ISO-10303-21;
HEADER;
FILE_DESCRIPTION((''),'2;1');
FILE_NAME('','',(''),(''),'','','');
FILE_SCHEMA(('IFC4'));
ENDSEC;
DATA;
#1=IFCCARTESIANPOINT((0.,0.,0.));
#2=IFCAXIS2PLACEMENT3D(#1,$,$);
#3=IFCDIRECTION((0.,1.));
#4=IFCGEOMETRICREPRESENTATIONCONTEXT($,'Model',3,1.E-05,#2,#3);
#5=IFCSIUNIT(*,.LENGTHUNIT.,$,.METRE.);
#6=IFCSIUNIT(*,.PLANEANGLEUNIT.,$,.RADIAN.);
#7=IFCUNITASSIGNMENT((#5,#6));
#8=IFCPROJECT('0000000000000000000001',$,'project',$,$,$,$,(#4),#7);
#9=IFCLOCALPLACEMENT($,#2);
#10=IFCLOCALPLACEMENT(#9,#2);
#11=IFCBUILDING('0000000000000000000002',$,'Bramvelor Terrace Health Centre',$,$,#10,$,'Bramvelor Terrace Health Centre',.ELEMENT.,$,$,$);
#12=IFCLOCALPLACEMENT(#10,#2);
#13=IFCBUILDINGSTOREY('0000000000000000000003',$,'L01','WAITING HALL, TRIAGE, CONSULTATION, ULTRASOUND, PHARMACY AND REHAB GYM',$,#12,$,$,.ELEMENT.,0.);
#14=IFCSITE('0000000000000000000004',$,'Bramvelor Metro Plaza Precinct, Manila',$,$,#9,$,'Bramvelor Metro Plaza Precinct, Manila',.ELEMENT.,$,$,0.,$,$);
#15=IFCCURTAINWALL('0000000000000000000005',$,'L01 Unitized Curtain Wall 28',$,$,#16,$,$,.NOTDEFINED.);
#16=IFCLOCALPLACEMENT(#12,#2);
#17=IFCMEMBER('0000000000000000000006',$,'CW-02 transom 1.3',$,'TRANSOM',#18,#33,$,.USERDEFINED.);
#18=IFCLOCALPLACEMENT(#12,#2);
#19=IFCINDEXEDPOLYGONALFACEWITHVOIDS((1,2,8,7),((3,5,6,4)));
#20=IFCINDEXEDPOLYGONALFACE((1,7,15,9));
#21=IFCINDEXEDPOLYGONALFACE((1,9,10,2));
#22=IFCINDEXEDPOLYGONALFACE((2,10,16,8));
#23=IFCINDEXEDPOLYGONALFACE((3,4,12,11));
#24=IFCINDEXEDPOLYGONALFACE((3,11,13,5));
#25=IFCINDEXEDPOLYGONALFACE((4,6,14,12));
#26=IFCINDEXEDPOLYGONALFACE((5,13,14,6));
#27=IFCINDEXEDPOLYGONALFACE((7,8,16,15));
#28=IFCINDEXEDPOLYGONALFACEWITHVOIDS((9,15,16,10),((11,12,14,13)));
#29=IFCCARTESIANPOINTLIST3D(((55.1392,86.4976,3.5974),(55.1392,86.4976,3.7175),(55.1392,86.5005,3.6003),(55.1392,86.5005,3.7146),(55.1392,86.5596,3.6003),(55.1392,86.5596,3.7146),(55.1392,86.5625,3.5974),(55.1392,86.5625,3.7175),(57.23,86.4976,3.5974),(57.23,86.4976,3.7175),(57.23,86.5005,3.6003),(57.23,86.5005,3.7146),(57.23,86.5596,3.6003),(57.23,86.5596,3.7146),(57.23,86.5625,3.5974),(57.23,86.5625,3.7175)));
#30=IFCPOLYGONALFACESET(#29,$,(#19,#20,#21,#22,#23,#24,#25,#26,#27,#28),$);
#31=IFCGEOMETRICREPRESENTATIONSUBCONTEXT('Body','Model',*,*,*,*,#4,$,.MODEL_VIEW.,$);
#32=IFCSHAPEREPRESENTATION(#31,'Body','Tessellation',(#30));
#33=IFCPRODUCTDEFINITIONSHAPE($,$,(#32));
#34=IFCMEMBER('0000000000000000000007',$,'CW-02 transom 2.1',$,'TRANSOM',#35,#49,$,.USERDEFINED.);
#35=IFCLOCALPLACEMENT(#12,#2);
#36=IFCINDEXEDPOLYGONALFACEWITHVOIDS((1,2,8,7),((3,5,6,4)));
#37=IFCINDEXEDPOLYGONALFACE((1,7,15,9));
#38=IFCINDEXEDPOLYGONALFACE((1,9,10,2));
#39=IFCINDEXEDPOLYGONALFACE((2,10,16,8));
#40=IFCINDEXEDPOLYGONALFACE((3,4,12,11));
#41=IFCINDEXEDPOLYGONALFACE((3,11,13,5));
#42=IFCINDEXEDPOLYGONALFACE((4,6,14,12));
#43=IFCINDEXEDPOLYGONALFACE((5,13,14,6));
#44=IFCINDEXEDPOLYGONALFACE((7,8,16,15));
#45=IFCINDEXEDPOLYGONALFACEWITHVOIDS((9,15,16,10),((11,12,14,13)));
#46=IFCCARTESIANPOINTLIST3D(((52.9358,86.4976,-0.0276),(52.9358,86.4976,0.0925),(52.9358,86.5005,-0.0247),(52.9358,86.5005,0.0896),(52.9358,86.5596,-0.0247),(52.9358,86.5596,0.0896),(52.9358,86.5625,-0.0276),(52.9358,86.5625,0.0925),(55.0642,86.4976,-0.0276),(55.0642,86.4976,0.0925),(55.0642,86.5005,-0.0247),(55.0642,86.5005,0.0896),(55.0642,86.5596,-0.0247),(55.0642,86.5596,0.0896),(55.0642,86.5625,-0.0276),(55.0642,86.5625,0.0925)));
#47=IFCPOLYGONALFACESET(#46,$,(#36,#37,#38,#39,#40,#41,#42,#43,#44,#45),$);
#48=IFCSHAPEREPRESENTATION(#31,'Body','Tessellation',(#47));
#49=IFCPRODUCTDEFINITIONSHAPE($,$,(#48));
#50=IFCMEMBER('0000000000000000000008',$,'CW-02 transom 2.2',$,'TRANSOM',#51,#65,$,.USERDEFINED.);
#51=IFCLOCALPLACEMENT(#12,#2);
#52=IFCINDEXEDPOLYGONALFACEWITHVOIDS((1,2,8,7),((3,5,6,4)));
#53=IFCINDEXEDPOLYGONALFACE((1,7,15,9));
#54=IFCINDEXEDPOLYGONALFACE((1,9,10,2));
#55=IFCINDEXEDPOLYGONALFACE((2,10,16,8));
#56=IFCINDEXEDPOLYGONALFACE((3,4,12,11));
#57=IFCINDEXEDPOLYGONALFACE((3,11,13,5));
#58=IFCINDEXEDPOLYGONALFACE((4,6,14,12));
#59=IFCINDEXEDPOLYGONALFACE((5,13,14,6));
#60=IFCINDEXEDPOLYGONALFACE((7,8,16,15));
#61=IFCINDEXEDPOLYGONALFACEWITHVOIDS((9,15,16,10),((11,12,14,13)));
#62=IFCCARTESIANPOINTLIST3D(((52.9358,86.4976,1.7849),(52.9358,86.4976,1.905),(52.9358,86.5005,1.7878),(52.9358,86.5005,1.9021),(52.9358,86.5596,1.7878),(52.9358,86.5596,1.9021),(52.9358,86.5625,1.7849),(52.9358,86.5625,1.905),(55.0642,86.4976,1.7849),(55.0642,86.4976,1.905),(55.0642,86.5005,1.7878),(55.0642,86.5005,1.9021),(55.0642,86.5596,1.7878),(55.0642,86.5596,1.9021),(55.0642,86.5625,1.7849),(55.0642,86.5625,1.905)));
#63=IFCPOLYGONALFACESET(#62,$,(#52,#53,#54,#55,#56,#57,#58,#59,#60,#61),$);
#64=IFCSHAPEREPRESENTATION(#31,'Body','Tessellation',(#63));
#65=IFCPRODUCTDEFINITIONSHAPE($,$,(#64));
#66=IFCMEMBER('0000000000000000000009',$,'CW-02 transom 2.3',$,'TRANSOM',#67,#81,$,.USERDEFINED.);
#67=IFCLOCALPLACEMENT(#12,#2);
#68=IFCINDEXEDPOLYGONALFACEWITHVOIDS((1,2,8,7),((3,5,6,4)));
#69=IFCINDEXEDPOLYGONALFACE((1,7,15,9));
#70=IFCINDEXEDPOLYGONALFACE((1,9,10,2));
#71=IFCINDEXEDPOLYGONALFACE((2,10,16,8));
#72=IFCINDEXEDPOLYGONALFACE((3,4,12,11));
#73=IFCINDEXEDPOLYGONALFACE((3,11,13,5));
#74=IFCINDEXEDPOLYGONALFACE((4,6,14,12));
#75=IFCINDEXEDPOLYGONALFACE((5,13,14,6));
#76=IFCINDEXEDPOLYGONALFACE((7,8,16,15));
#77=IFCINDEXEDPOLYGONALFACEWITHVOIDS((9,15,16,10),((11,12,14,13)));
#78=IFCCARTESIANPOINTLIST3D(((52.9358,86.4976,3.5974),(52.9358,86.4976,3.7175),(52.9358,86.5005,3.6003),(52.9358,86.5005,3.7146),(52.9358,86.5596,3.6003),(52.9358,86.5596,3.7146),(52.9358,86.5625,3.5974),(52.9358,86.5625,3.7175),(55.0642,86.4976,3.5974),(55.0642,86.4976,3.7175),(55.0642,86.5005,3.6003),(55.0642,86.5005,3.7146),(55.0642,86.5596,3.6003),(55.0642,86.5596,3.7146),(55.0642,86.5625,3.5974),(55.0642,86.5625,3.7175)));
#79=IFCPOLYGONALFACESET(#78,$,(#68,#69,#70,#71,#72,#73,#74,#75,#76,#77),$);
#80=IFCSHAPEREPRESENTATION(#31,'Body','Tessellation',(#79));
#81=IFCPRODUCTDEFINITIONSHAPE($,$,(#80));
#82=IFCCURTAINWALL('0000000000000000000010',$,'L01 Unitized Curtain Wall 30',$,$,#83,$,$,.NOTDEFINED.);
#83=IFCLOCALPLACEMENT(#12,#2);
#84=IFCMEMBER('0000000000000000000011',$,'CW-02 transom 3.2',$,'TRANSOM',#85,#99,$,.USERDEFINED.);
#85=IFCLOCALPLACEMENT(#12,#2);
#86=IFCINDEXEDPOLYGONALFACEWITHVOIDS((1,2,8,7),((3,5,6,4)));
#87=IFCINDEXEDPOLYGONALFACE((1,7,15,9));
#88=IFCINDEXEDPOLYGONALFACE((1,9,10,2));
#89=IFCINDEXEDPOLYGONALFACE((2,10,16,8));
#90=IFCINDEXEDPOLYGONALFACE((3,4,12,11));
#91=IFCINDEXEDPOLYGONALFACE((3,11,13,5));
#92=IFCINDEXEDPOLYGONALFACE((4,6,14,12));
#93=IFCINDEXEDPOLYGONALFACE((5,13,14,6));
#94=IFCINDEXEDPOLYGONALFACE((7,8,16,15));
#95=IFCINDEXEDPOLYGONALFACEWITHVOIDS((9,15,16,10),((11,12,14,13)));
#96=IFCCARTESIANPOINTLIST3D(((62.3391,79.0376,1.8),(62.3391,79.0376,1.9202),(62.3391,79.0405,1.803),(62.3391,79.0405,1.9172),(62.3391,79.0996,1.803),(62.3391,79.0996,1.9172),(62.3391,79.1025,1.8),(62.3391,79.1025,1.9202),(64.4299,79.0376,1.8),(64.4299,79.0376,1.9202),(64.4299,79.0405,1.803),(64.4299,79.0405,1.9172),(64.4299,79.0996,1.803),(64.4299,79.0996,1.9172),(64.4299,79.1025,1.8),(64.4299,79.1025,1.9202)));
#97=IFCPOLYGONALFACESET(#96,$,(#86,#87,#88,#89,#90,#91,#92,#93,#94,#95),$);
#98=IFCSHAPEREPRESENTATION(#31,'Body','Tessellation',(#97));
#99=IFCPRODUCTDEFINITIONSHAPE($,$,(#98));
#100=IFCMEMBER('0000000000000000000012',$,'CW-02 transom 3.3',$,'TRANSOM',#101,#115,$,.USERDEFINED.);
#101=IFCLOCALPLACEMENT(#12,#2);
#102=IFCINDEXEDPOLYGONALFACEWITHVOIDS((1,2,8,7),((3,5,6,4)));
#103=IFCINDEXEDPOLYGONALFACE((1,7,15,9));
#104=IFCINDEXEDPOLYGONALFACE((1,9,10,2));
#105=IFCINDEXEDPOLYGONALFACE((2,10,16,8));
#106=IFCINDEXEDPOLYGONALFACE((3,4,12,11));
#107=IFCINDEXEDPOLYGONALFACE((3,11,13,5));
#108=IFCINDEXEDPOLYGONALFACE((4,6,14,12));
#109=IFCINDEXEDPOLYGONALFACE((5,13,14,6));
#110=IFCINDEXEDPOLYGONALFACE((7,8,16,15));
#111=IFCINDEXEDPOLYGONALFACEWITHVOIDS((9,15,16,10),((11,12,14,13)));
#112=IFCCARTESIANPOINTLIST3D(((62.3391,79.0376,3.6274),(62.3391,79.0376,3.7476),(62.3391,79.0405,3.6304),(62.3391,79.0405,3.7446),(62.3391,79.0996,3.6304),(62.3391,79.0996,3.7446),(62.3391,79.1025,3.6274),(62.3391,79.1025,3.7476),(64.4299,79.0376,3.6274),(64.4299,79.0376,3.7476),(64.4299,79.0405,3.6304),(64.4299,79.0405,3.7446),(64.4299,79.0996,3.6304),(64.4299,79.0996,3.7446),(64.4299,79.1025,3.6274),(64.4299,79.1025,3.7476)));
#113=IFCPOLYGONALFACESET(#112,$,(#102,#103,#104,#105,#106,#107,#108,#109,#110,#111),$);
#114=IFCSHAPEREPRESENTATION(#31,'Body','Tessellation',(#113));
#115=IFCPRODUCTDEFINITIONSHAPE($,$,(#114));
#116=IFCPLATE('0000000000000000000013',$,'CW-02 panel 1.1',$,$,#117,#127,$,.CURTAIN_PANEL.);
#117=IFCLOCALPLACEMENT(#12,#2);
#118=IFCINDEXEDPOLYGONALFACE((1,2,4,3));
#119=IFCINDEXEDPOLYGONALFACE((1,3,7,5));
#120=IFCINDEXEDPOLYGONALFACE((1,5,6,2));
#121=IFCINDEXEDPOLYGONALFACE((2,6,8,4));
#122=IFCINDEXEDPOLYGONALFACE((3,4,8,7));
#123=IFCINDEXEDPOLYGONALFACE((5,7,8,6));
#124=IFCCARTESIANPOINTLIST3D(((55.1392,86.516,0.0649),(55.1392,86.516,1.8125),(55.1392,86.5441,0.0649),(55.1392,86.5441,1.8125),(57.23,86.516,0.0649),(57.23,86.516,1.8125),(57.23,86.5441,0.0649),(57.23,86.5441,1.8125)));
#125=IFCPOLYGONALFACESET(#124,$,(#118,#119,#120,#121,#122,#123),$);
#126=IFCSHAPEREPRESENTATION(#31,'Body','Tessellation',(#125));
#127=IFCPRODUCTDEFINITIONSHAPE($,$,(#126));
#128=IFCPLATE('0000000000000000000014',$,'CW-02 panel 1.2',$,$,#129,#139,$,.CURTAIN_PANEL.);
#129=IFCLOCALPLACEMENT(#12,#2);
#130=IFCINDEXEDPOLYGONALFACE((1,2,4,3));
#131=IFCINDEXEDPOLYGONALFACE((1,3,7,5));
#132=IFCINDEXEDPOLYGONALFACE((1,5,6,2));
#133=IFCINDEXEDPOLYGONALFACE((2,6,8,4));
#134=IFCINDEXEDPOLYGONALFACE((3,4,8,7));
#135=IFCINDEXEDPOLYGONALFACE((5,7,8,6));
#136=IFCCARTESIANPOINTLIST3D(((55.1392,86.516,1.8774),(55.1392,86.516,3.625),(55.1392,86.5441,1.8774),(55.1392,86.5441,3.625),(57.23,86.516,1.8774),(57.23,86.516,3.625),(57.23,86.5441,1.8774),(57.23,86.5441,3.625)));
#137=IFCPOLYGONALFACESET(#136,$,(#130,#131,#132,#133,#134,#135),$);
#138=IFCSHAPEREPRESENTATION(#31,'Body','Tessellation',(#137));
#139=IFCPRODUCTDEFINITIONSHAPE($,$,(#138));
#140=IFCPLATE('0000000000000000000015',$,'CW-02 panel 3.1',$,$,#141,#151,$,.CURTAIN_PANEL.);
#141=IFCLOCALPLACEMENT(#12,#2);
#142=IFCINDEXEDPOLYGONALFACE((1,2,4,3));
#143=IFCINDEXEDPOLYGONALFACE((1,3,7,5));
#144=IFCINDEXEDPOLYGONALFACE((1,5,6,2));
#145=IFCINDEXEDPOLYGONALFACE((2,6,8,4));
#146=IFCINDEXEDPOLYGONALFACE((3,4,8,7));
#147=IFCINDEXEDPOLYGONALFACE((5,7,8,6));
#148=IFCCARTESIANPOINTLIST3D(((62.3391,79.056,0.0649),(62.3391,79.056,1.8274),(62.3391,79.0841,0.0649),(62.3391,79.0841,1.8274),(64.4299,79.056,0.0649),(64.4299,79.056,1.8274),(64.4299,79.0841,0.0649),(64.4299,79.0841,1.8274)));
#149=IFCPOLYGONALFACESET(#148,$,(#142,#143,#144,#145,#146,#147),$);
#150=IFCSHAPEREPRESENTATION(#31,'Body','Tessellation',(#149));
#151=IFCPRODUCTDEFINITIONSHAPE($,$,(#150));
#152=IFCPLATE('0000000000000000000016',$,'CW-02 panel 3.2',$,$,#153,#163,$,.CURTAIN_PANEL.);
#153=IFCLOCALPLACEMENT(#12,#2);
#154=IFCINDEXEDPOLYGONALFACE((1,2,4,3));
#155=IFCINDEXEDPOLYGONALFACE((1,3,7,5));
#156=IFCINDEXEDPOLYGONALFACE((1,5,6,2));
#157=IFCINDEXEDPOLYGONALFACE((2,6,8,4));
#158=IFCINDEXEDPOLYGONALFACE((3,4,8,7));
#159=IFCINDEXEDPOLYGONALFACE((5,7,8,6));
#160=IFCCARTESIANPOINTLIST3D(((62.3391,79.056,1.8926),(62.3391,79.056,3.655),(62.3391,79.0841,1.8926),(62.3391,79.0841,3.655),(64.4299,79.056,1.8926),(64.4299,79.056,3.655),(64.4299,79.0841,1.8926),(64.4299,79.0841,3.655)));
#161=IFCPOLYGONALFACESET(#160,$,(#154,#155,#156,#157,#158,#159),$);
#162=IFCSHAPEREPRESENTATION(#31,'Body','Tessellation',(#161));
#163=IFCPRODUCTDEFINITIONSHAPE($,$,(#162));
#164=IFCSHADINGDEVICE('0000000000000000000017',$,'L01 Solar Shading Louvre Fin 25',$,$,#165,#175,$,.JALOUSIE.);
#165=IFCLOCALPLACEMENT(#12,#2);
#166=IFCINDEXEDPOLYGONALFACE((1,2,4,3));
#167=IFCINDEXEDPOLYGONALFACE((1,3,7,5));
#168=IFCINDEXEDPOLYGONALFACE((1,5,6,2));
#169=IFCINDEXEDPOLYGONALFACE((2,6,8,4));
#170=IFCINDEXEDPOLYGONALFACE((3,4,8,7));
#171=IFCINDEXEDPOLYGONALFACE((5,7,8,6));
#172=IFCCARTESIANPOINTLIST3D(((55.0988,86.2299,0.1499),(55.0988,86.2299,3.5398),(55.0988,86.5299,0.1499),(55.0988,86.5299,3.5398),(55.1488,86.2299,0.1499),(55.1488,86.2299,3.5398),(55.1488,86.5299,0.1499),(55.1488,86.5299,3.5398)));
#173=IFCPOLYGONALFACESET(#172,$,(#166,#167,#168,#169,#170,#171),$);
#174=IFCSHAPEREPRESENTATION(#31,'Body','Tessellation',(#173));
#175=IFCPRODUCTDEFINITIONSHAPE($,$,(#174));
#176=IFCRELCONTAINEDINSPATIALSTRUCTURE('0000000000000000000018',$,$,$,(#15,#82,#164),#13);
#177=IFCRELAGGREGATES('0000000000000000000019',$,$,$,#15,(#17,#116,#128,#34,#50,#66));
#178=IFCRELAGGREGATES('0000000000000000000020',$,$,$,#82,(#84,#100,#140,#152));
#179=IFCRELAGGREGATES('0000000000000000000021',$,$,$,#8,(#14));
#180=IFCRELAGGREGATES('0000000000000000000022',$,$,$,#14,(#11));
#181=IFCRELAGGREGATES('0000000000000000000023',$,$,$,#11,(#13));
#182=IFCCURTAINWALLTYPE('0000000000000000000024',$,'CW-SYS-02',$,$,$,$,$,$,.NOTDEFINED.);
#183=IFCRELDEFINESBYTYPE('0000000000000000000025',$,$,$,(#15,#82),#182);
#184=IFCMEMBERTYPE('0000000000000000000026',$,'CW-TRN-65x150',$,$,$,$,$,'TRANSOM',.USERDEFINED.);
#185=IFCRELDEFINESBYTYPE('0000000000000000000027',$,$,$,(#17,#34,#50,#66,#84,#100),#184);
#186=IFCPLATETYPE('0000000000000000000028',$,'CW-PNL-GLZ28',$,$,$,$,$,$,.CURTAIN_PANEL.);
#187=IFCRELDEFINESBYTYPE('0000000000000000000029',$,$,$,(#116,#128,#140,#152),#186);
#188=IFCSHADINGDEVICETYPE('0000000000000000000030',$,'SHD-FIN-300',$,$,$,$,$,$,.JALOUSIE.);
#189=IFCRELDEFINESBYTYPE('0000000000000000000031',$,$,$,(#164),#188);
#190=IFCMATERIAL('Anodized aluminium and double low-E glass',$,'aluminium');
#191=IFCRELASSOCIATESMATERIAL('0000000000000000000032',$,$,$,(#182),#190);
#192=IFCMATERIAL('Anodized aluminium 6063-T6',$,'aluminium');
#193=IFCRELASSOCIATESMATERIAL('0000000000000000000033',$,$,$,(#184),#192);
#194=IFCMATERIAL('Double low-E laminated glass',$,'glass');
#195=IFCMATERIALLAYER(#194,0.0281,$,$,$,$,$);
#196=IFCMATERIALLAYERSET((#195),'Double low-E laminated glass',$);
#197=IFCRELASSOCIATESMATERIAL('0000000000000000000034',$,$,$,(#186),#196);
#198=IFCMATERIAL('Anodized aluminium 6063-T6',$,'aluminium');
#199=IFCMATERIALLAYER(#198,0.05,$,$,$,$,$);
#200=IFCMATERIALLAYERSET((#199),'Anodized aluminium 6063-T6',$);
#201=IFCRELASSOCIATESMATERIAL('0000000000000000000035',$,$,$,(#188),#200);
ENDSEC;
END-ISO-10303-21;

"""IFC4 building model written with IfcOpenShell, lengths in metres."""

from ifc_helpers import new_model, si_unit, direction, frame, origin, origin_2d, place, context, subcontext, project, spatial, rectangle, hollow_rectangle, extrude, material, layer, layer_set, material_profile, profile_set, type_object, element, aggregate, save


model = new_model("IFC4")

# Units and contexts
model_context = context("Model", 3, precision=1e-05, world=origin(), true_north=direction((0.0, 1.0)))
body_context = subcontext(model_context, "Body", "Model", "MODEL_VIEW")
ifc_project = project(units=[si_unit("LENGTHUNIT", "METRE"), si_unit("PLANEANGLEUNIT", "RADIAN")], contexts=[model_context])

# Site, building, storey
site_placement = place(None, origin())
site = spatial("IfcSite", under=ifc_project, at=site_placement, Name="Bramvelor Metro Plaza Precinct, Manila", LongName="Bramvelor Metro Plaza Precinct, Manila", CompositionType="ELEMENT", RefElevation=0.0)
building_placement = place(site_placement, origin())
building = spatial("IfcBuilding", under=site, at=building_placement, Name="Bramvelor Terrace Health Centre", LongName="Bramvelor Terrace Health Centre", CompositionType="ELEMENT")
storey_placement = place(building_placement, origin())
storey = spatial("IfcBuildingStorey", under=building, at=storey_placement, Name="L01", Description="WAITING HALL, TRIAGE, CONSULTATION, ULTRASOUND, PHARMACY AND REHAB GYM", CompositionType="ELEMENT", Elevation=0.0)

# Curtain walls, members
ifc_material_1 = material(Name="Anodized aluminium and double low-E glass", Category="aluminium")
curtain_wall_type = type_object("IfcCurtainWallType", Name="CW-SYS-02", PredefinedType="NOTDEFINED", material=ifc_material_1)
curtain_wall_1_placement = place(storey_placement, origin())
curtain_wall_1 = element("IfcCurtainWall", 1, at=curtain_wall_1_placement, inside=storey, type_object=curtain_wall_type, Name="L01 Unitized Curtain Wall 28", PredefinedType="NOTDEFINED")
ifc_material_2 = material(Name="Anodized aluminium 6063-T6", Category="aluminium")
ifc_material_profile_1 = material_profile(ifc_material_2, hollow_rectangle(XDim=0.0649, YDim=0.1201, WallThickness=0.0029, at=origin_2d()), Name="ALU-TRN 65x120x3.0")
ifc_profile_set_1 = profile_set([ifc_material_profile_1], Name="Anodized aluminium 6063-T6")
member_type_1 = type_object("IfcMemberType", Name="CW-TRN-65x150", ElementType="TRANSOM", PredefinedType="USERDEFINED", material=ifc_profile_set_1)
member_1_placement = place(storey_placement, frame((57.23, 86.53, 3.6575), z_axis=(-1.0, 0.0, 0.0), x_axis=(0.0, -1.0, 0.0)))
member_1 = element("IfcMember", 2, at=member_1_placement, type_object=member_type_1, Name="CW-02 transom 1.3", ObjectType="TRANSOM", PredefinedType="USERDEFINED", context=body_context, shape_type="SweptSolid", body=[
    extrude(hollow_rectangle(XDim=0.0649, YDim=0.1201, WallThickness=0.0029, at=origin_2d()), origin(), (0.0, 0.0, 1.0), 2.0908),
])
member_2_placement = place(storey_placement, frame((55.0642, 86.53, 0.0325), z_axis=(-1.0, 0.0, 0.0), x_axis=(0.0, -1.0, 0.0)))
member_2 = element("IfcMember", 3, at=member_2_placement, type_object=member_type_1, Name="CW-02 transom 2.1", ObjectType="TRANSOM", PredefinedType="USERDEFINED", context=body_context, shape_type="SweptSolid", body=[
    extrude(hollow_rectangle(XDim=0.0649, YDim=0.1201, WallThickness=0.0029, at=origin_2d()), origin(), (0.0, 0.0, 1.0), 2.1284),
])
member_3_placement = place(storey_placement, frame((55.0642, 86.53, 1.845), z_axis=(-1.0, 0.0, 0.0), x_axis=(0.0, -1.0, 0.0)))
member_3 = element("IfcMember", 4, at=member_3_placement, type_object=member_type_1, Name="CW-02 transom 2.2", ObjectType="TRANSOM", PredefinedType="USERDEFINED", context=body_context, shape_type="SweptSolid", body=[
    extrude(hollow_rectangle(XDim=0.0649, YDim=0.1201, WallThickness=0.0029, at=origin_2d()), origin(), (0.0, 0.0, 1.0), 2.1284),
])
member_4_placement = place(storey_placement, frame((55.0642, 86.53, 3.6575), z_axis=(-1.0, 0.0, 0.0), x_axis=(0.0, -1.0, 0.0)))
member_4 = element("IfcMember", 5, at=member_4_placement, type_object=member_type_1, Name="CW-02 transom 2.3", ObjectType="TRANSOM", PredefinedType="USERDEFINED", context=body_context, shape_type="SweptSolid", body=[
    extrude(hollow_rectangle(XDim=0.0649, YDim=0.1201, WallThickness=0.0029, at=origin_2d()), origin(), (0.0, 0.0, 1.0), 2.1284),
])
curtain_wall_2_placement = place(storey_placement, origin())
curtain_wall_2 = element("IfcCurtainWall", 6, at=curtain_wall_2_placement, inside=storey, type_object=curtain_wall_type, Name="L01 Unitized Curtain Wall 30", PredefinedType="NOTDEFINED")
member_5_placement = place(storey_placement, frame((62.3391, 79.0701, 1.8601), z_axis=(1.0, 0.0, 0.0), x_axis=(0.0, 1.0, 0.0)))
member_5 = element("IfcMember", 7, at=member_5_placement, type_object=member_type_1, Name="CW-02 transom 3.2", ObjectType="TRANSOM", PredefinedType="USERDEFINED", context=body_context, shape_type="SweptSolid", body=[
    extrude(hollow_rectangle(XDim=0.0649, YDim=0.1201, WallThickness=0.0029, at=origin_2d()), origin(), (0.0, 0.0, 1.0), 2.0908),
])
member_6_placement = place(storey_placement, frame((62.3391, 79.0701, 3.6875), z_axis=(1.0, 0.0, 0.0), x_axis=(0.0, 1.0, 0.0)))
member_6 = element("IfcMember", 8, at=member_6_placement, type_object=member_type_1, Name="CW-02 transom 3.3", ObjectType="TRANSOM", PredefinedType="USERDEFINED", context=body_context, shape_type="SweptSolid", body=[
    extrude(hollow_rectangle(XDim=0.0649, YDim=0.1201, WallThickness=0.0029, at=origin_2d()), origin(), (0.0, 0.0, 1.0), 2.0908),
])

# Plates
ifc_material_3 = material(Name="Double low-E laminated glass", Category="glass")
ifc_layer_1 = layer(ifc_material_3, 0.0281)
ifc_layer_set_1 = layer_set([ifc_layer_1], Name="Double low-E laminated glass")
plate_type = type_object("IfcPlateType", Name="CW-PNL-GLZ28", PredefinedType="CURTAIN_PANEL", material=ifc_layer_set_1)
plate_1_placement = place(storey_placement, frame((56.1846, 86.53, 0.0649), z_axis=(0.0, 0.0, 1.0), x_axis=(-1.0, 0.0, 0.0)))
plate_1 = element("IfcPlate", 9, at=plate_1_placement, type_object=plate_type, Name="CW-02 panel 1.1", PredefinedType="CURTAIN_PANEL", context=body_context, shape_type="SweptSolid", body=[
    extrude(rectangle(XDim=2.0908, YDim=0.0281, at=origin_2d()), origin(), (0.0, 0.0, 1.0), 1.7476),
])
plate_2_placement = place(storey_placement, frame((56.1846, 86.53, 1.8774), z_axis=(0.0, 0.0, 1.0), x_axis=(-1.0, 0.0, 0.0)))
plate_2 = element("IfcPlate", 10, at=plate_2_placement, type_object=plate_type, Name="CW-02 panel 1.2", PredefinedType="CURTAIN_PANEL", context=body_context, shape_type="SweptSolid", body=[
    extrude(rectangle(XDim=2.0908, YDim=0.0281, at=origin_2d()), origin(), (0.0, 0.0, 1.0), 1.7476),
])
aggregate(curtain_wall_1, [member_1, plate_1, plate_2, member_2, member_3, member_4])
plate_3_placement = place(storey_placement, frame((63.3845, 79.0701, 0.0649), z_axis=(0.0, 0.0, 1.0), x_axis=(1.0, 0.0, 0.0)))
plate_3 = element("IfcPlate", 11, at=plate_3_placement, type_object=plate_type, Name="CW-02 panel 3.1", PredefinedType="CURTAIN_PANEL", context=body_context, shape_type="SweptSolid", body=[
    extrude(rectangle(XDim=2.0908, YDim=0.0281, at=origin_2d()), origin(), (0.0, 0.0, 1.0), 1.7625),
])
plate_4_placement = place(storey_placement, frame((63.3845, 79.0701, 1.8926), z_axis=(0.0, 0.0, 1.0), x_axis=(1.0, 0.0, 0.0)))
plate_4 = element("IfcPlate", 12, at=plate_4_placement, type_object=plate_type, Name="CW-02 panel 3.2", PredefinedType="CURTAIN_PANEL", context=body_context, shape_type="SweptSolid", body=[
    extrude(rectangle(XDim=2.0908, YDim=0.0281, at=origin_2d()), origin(), (0.0, 0.0, 1.0), 1.7625),
])
aggregate(curtain_wall_2, [member_5, member_6, plate_3, plate_4])

# Shading device
ifc_material_4 = material(Name="Anodized aluminium 6063-T6", Category="aluminium")
ifc_layer_2 = layer(ifc_material_4, 0.05)
ifc_layer_set_2 = layer_set([ifc_layer_2], Name="Anodized aluminium 6063-T6")
shading_device_type = type_object("IfcShadingDeviceType", Name="SHD-FIN-300", PredefinedType="JALOUSIE", material=ifc_layer_set_2)
shading_device_placement = place(storey_placement, frame((55.1238, 86.3799, 0.1499), z_axis=(0.0, 0.0, 1.0), x_axis=(1.0, 0.0, 0.0)))
element("IfcShadingDevice", 13, at=shading_device_placement, inside=storey, type_object=shading_device_type, Name="L01 Solar Shading Louvre Fin 25", PredefinedType="JALOUSIE", context=body_context, shape_type="SweptSolid", body=[
    extrude(rectangle(XDim=0.05, YDim=0.3, at=origin_2d()), origin(), (0.0, 0.0, 1.0), 3.3899),
])

save(model, "model.ifc")
